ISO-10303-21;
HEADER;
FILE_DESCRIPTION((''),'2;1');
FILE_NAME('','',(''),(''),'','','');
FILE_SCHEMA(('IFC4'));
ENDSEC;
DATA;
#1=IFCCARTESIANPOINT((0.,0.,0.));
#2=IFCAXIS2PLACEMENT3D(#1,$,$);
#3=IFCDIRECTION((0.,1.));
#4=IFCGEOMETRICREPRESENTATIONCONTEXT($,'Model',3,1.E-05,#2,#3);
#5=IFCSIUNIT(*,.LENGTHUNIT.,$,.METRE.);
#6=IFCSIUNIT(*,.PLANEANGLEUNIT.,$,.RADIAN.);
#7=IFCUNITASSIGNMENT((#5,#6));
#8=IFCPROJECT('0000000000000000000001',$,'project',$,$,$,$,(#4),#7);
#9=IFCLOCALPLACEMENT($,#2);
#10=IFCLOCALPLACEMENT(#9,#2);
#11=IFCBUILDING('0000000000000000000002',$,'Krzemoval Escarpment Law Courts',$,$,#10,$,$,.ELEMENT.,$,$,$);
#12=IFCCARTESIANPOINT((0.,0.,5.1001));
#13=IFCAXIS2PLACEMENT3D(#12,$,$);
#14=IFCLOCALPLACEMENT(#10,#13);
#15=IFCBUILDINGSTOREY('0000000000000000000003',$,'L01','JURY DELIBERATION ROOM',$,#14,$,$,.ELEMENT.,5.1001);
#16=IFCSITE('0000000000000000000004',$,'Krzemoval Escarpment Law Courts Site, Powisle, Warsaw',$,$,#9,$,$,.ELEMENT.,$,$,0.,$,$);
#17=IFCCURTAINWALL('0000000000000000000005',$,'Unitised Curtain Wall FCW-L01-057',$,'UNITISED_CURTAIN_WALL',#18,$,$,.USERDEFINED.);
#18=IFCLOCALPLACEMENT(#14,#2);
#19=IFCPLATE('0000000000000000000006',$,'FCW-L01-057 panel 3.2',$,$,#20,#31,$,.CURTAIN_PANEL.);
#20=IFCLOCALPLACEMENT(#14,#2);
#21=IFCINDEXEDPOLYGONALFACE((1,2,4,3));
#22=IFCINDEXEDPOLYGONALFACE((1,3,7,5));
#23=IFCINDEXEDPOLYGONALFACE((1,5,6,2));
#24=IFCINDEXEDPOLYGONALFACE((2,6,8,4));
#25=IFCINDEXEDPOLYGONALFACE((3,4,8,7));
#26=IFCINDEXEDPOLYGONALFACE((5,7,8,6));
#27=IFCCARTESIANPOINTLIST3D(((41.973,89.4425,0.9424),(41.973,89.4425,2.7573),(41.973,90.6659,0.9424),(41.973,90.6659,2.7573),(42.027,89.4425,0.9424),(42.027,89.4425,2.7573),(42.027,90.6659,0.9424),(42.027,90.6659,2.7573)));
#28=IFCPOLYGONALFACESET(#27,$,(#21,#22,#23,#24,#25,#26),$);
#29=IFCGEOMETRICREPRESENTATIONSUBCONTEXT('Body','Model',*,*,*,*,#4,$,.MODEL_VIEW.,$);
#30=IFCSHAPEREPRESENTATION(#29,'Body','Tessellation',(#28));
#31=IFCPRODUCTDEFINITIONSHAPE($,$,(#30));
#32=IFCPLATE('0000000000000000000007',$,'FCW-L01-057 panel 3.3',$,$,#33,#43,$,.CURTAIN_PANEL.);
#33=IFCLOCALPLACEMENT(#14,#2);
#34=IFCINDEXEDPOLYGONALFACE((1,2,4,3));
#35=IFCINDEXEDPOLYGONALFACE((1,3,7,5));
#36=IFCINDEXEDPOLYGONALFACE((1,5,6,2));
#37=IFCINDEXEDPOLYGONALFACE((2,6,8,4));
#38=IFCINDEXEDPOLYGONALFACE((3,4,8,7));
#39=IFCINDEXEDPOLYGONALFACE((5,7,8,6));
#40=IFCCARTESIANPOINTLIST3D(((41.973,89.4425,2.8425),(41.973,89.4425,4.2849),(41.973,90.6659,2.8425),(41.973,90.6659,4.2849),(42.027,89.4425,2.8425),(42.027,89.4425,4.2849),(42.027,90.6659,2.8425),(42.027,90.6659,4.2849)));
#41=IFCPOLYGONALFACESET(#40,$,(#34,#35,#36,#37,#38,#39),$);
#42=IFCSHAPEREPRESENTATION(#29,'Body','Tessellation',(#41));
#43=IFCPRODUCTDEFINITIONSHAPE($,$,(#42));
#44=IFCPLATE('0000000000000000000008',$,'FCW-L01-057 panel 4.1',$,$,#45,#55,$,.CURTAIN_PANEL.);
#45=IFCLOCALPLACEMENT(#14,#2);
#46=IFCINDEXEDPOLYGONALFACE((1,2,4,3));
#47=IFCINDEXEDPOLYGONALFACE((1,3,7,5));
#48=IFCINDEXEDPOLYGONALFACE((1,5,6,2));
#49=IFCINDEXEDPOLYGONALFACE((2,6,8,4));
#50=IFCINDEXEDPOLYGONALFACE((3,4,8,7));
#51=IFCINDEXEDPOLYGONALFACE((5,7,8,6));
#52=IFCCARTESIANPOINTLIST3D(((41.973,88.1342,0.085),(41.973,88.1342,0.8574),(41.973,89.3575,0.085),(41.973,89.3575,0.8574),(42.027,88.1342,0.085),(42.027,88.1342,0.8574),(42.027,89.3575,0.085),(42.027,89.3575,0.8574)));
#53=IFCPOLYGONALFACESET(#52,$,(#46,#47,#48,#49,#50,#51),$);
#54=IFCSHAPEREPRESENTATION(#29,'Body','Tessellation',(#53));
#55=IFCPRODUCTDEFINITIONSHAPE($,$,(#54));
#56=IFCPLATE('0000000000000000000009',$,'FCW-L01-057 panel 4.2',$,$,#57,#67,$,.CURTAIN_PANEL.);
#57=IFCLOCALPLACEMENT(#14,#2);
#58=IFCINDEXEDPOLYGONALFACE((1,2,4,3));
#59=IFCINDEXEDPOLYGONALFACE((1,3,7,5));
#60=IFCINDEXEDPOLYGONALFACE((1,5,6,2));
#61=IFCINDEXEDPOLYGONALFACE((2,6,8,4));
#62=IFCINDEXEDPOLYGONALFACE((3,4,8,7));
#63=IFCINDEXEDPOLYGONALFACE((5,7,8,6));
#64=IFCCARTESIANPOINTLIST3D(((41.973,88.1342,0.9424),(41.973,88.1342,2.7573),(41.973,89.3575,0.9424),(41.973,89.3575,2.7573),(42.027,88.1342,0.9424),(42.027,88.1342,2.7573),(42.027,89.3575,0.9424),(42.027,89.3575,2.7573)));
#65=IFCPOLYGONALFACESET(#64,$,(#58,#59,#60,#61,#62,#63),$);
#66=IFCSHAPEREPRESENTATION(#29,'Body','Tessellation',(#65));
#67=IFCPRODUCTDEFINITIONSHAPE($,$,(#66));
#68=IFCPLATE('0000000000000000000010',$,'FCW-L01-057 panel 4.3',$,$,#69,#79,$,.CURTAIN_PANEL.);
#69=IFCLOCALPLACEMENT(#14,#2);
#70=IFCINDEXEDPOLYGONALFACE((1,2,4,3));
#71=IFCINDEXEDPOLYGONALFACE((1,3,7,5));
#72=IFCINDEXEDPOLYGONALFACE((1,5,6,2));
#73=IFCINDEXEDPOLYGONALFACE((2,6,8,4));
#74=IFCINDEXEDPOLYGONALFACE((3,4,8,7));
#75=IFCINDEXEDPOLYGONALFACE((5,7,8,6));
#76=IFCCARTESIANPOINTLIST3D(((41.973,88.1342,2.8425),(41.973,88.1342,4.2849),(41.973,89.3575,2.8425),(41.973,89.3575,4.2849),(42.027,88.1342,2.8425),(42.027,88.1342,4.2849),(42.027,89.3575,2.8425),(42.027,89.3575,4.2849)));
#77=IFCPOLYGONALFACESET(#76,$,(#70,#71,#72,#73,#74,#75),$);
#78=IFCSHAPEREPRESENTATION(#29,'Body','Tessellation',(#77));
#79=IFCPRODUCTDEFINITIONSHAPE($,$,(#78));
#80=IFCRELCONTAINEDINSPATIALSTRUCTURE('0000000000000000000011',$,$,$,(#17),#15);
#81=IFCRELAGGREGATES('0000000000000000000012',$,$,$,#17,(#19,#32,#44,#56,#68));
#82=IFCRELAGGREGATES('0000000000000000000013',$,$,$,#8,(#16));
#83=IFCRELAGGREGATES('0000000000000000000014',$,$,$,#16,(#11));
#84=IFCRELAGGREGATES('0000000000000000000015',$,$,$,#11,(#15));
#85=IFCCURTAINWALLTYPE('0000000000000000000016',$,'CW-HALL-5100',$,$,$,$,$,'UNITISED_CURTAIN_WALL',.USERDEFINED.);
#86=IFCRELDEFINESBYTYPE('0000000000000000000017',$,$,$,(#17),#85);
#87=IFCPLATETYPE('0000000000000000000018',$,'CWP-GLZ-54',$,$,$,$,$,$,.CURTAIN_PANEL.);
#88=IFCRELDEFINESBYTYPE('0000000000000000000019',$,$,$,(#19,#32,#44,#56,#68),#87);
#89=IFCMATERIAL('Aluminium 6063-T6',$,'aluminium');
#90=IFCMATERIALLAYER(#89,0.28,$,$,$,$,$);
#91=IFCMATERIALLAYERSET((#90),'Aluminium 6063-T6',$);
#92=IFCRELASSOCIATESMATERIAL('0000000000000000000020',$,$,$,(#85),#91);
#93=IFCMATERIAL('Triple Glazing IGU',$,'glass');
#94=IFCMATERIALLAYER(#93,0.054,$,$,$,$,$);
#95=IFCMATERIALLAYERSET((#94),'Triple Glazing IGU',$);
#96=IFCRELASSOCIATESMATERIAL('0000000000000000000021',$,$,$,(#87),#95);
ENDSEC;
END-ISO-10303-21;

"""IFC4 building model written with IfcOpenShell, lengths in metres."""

from ifc_helpers import new_model, si_unit, direction, frame, origin, origin_2d, place, context, subcontext, project, spatial, rectangle, extrude, material, layer, layer_set, type_object, element, aggregate, save


model = new_model("IFC4")

# Units and contexts
model_context = context("Model", 3, precision=1e-05, world=origin(), true_north=direction((0.0, 1.0)))
body_context = subcontext(model_context, "Body", "Model", "MODEL_VIEW")
ifc_project = project(units=[si_unit("LENGTHUNIT", "METRE"), si_unit("PLANEANGLEUNIT", "RADIAN")], contexts=[model_context])

# Site, building, storey
site_placement = place(None, origin())
site = spatial("IfcSite", under=ifc_project, at=site_placement, Name="Krzemoval Escarpment Law Courts Site, Powisle, Warsaw", CompositionType="ELEMENT", RefElevation=0.0)
building_placement = place(site_placement, origin())
building = spatial("IfcBuilding", under=site, at=building_placement, Name="Krzemoval Escarpment Law Courts", CompositionType="ELEMENT")
storey_placement = place(building_placement, frame((0.0, 0.0, 5.1001)))
storey = spatial("IfcBuildingStorey", under=building, at=storey_placement, Name="L01", Description="JURY DELIBERATION ROOM", CompositionType="ELEMENT", Elevation=5.1001)

# Curtain wall, plates
ifc_material_1 = material(Name="Aluminium 6063-T6", Category="aluminium")
ifc_layer_1 = layer(ifc_material_1, 0.28)
ifc_layer_set_1 = layer_set([ifc_layer_1], Name="Aluminium 6063-T6")
curtain_wall_type = type_object("IfcCurtainWallType", Name="CW-HALL-5100", ElementType="UNITISED_CURTAIN_WALL", PredefinedType="USERDEFINED", material=ifc_layer_set_1)
curtain_wall_placement = place(storey_placement, origin())
curtain_wall = element("IfcCurtainWall", 1, at=curtain_wall_placement, inside=storey, type_object=curtain_wall_type, Name="Unitised Curtain Wall FCW-L01-057", ObjectType="UNITISED_CURTAIN_WALL", PredefinedType="USERDEFINED")
ifc_material_2 = material(Name="Triple Glazing IGU", Category="glass")
ifc_layer_2 = layer(ifc_material_2, 0.054)
ifc_layer_set_2 = layer_set([ifc_layer_2], Name="Triple Glazing IGU")
plate_type = type_object("IfcPlateType", Name="CWP-GLZ-54", PredefinedType="CURTAIN_PANEL", material=ifc_layer_set_2)
plate_1_placement = place(storey_placement, frame((42.0, 90.0542, 0.9424), z_axis=(0.0, 0.0, 1.0), x_axis=(0.0, -1.0, 0.0)))
plate_1 = element("IfcPlate", 2, at=plate_1_placement, type_object=plate_type, Name="FCW-L01-057 panel 3.2", PredefinedType="CURTAIN_PANEL", context=body_context, shape_type="SweptSolid", body=[
    extrude(rectangle(XDim=1.2234, YDim=0.054, at=origin_2d()), origin(), (0.0, 0.0, 1.0), 1.8149),
])
plate_2_placement = place(storey_placement, frame((42.0, 90.0542, 2.8425), z_axis=(0.0, 0.0, 1.0), x_axis=(0.0, -1.0, 0.0)))
plate_2 = element("IfcPlate", 3, at=plate_2_placement, type_object=plate_type, Name="FCW-L01-057 panel 3.3", PredefinedType="CURTAIN_PANEL", context=body_context, shape_type="SweptSolid", body=[
    extrude(rectangle(XDim=1.2234, YDim=0.054, at=origin_2d()), origin(), (0.0, 0.0, 1.0), 1.4424),
])
plate_3_placement = place(storey_placement, frame((42.0, 88.7458, 0.085), z_axis=(0.0, 0.0, 1.0), x_axis=(0.0, -1.0, 0.0)))
plate_3 = element("IfcPlate", 4, at=plate_3_placement, type_object=plate_type, Name="FCW-L01-057 panel 4.1", PredefinedType="CURTAIN_PANEL", context=body_context, shape_type="SweptSolid", body=[
    extrude(rectangle(XDim=1.2234, YDim=0.054, at=origin_2d()), origin(), (0.0, 0.0, 1.0), 0.7725),
])
plate_4_placement = place(storey_placement, frame((42.0, 88.7458, 0.9424), z_axis=(0.0, 0.0, 1.0), x_axis=(0.0, -1.0, 0.0)))
plate_4 = element("IfcPlate", 5, at=plate_4_placement, type_object=plate_type, Name="FCW-L01-057 panel 4.2", PredefinedType="CURTAIN_PANEL", context=body_context, shape_type="SweptSolid", body=[
    extrude(rectangle(XDim=1.2234, YDim=0.054, at=origin_2d()), origin(), (0.0, 0.0, 1.0), 1.8149),
])
plate_5_placement = place(storey_placement, frame((42.0, 88.7458, 2.8425), z_axis=(0.0, 0.0, 1.0), x_axis=(0.0, -1.0, 0.0)))
plate_5 = element("IfcPlate", 6, at=plate_5_placement, type_object=plate_type, Name="FCW-L01-057 panel 4.3", PredefinedType="CURTAIN_PANEL", context=body_context, shape_type="SweptSolid", body=[
    extrude(rectangle(XDim=1.2234, YDim=0.054, at=origin_2d()), origin(), (0.0, 0.0, 1.0), 1.4424),
])
aggregate(curtain_wall, [plate_1, plate_2, plate_3, plate_4, plate_5])

save(model, "model.ifc")
